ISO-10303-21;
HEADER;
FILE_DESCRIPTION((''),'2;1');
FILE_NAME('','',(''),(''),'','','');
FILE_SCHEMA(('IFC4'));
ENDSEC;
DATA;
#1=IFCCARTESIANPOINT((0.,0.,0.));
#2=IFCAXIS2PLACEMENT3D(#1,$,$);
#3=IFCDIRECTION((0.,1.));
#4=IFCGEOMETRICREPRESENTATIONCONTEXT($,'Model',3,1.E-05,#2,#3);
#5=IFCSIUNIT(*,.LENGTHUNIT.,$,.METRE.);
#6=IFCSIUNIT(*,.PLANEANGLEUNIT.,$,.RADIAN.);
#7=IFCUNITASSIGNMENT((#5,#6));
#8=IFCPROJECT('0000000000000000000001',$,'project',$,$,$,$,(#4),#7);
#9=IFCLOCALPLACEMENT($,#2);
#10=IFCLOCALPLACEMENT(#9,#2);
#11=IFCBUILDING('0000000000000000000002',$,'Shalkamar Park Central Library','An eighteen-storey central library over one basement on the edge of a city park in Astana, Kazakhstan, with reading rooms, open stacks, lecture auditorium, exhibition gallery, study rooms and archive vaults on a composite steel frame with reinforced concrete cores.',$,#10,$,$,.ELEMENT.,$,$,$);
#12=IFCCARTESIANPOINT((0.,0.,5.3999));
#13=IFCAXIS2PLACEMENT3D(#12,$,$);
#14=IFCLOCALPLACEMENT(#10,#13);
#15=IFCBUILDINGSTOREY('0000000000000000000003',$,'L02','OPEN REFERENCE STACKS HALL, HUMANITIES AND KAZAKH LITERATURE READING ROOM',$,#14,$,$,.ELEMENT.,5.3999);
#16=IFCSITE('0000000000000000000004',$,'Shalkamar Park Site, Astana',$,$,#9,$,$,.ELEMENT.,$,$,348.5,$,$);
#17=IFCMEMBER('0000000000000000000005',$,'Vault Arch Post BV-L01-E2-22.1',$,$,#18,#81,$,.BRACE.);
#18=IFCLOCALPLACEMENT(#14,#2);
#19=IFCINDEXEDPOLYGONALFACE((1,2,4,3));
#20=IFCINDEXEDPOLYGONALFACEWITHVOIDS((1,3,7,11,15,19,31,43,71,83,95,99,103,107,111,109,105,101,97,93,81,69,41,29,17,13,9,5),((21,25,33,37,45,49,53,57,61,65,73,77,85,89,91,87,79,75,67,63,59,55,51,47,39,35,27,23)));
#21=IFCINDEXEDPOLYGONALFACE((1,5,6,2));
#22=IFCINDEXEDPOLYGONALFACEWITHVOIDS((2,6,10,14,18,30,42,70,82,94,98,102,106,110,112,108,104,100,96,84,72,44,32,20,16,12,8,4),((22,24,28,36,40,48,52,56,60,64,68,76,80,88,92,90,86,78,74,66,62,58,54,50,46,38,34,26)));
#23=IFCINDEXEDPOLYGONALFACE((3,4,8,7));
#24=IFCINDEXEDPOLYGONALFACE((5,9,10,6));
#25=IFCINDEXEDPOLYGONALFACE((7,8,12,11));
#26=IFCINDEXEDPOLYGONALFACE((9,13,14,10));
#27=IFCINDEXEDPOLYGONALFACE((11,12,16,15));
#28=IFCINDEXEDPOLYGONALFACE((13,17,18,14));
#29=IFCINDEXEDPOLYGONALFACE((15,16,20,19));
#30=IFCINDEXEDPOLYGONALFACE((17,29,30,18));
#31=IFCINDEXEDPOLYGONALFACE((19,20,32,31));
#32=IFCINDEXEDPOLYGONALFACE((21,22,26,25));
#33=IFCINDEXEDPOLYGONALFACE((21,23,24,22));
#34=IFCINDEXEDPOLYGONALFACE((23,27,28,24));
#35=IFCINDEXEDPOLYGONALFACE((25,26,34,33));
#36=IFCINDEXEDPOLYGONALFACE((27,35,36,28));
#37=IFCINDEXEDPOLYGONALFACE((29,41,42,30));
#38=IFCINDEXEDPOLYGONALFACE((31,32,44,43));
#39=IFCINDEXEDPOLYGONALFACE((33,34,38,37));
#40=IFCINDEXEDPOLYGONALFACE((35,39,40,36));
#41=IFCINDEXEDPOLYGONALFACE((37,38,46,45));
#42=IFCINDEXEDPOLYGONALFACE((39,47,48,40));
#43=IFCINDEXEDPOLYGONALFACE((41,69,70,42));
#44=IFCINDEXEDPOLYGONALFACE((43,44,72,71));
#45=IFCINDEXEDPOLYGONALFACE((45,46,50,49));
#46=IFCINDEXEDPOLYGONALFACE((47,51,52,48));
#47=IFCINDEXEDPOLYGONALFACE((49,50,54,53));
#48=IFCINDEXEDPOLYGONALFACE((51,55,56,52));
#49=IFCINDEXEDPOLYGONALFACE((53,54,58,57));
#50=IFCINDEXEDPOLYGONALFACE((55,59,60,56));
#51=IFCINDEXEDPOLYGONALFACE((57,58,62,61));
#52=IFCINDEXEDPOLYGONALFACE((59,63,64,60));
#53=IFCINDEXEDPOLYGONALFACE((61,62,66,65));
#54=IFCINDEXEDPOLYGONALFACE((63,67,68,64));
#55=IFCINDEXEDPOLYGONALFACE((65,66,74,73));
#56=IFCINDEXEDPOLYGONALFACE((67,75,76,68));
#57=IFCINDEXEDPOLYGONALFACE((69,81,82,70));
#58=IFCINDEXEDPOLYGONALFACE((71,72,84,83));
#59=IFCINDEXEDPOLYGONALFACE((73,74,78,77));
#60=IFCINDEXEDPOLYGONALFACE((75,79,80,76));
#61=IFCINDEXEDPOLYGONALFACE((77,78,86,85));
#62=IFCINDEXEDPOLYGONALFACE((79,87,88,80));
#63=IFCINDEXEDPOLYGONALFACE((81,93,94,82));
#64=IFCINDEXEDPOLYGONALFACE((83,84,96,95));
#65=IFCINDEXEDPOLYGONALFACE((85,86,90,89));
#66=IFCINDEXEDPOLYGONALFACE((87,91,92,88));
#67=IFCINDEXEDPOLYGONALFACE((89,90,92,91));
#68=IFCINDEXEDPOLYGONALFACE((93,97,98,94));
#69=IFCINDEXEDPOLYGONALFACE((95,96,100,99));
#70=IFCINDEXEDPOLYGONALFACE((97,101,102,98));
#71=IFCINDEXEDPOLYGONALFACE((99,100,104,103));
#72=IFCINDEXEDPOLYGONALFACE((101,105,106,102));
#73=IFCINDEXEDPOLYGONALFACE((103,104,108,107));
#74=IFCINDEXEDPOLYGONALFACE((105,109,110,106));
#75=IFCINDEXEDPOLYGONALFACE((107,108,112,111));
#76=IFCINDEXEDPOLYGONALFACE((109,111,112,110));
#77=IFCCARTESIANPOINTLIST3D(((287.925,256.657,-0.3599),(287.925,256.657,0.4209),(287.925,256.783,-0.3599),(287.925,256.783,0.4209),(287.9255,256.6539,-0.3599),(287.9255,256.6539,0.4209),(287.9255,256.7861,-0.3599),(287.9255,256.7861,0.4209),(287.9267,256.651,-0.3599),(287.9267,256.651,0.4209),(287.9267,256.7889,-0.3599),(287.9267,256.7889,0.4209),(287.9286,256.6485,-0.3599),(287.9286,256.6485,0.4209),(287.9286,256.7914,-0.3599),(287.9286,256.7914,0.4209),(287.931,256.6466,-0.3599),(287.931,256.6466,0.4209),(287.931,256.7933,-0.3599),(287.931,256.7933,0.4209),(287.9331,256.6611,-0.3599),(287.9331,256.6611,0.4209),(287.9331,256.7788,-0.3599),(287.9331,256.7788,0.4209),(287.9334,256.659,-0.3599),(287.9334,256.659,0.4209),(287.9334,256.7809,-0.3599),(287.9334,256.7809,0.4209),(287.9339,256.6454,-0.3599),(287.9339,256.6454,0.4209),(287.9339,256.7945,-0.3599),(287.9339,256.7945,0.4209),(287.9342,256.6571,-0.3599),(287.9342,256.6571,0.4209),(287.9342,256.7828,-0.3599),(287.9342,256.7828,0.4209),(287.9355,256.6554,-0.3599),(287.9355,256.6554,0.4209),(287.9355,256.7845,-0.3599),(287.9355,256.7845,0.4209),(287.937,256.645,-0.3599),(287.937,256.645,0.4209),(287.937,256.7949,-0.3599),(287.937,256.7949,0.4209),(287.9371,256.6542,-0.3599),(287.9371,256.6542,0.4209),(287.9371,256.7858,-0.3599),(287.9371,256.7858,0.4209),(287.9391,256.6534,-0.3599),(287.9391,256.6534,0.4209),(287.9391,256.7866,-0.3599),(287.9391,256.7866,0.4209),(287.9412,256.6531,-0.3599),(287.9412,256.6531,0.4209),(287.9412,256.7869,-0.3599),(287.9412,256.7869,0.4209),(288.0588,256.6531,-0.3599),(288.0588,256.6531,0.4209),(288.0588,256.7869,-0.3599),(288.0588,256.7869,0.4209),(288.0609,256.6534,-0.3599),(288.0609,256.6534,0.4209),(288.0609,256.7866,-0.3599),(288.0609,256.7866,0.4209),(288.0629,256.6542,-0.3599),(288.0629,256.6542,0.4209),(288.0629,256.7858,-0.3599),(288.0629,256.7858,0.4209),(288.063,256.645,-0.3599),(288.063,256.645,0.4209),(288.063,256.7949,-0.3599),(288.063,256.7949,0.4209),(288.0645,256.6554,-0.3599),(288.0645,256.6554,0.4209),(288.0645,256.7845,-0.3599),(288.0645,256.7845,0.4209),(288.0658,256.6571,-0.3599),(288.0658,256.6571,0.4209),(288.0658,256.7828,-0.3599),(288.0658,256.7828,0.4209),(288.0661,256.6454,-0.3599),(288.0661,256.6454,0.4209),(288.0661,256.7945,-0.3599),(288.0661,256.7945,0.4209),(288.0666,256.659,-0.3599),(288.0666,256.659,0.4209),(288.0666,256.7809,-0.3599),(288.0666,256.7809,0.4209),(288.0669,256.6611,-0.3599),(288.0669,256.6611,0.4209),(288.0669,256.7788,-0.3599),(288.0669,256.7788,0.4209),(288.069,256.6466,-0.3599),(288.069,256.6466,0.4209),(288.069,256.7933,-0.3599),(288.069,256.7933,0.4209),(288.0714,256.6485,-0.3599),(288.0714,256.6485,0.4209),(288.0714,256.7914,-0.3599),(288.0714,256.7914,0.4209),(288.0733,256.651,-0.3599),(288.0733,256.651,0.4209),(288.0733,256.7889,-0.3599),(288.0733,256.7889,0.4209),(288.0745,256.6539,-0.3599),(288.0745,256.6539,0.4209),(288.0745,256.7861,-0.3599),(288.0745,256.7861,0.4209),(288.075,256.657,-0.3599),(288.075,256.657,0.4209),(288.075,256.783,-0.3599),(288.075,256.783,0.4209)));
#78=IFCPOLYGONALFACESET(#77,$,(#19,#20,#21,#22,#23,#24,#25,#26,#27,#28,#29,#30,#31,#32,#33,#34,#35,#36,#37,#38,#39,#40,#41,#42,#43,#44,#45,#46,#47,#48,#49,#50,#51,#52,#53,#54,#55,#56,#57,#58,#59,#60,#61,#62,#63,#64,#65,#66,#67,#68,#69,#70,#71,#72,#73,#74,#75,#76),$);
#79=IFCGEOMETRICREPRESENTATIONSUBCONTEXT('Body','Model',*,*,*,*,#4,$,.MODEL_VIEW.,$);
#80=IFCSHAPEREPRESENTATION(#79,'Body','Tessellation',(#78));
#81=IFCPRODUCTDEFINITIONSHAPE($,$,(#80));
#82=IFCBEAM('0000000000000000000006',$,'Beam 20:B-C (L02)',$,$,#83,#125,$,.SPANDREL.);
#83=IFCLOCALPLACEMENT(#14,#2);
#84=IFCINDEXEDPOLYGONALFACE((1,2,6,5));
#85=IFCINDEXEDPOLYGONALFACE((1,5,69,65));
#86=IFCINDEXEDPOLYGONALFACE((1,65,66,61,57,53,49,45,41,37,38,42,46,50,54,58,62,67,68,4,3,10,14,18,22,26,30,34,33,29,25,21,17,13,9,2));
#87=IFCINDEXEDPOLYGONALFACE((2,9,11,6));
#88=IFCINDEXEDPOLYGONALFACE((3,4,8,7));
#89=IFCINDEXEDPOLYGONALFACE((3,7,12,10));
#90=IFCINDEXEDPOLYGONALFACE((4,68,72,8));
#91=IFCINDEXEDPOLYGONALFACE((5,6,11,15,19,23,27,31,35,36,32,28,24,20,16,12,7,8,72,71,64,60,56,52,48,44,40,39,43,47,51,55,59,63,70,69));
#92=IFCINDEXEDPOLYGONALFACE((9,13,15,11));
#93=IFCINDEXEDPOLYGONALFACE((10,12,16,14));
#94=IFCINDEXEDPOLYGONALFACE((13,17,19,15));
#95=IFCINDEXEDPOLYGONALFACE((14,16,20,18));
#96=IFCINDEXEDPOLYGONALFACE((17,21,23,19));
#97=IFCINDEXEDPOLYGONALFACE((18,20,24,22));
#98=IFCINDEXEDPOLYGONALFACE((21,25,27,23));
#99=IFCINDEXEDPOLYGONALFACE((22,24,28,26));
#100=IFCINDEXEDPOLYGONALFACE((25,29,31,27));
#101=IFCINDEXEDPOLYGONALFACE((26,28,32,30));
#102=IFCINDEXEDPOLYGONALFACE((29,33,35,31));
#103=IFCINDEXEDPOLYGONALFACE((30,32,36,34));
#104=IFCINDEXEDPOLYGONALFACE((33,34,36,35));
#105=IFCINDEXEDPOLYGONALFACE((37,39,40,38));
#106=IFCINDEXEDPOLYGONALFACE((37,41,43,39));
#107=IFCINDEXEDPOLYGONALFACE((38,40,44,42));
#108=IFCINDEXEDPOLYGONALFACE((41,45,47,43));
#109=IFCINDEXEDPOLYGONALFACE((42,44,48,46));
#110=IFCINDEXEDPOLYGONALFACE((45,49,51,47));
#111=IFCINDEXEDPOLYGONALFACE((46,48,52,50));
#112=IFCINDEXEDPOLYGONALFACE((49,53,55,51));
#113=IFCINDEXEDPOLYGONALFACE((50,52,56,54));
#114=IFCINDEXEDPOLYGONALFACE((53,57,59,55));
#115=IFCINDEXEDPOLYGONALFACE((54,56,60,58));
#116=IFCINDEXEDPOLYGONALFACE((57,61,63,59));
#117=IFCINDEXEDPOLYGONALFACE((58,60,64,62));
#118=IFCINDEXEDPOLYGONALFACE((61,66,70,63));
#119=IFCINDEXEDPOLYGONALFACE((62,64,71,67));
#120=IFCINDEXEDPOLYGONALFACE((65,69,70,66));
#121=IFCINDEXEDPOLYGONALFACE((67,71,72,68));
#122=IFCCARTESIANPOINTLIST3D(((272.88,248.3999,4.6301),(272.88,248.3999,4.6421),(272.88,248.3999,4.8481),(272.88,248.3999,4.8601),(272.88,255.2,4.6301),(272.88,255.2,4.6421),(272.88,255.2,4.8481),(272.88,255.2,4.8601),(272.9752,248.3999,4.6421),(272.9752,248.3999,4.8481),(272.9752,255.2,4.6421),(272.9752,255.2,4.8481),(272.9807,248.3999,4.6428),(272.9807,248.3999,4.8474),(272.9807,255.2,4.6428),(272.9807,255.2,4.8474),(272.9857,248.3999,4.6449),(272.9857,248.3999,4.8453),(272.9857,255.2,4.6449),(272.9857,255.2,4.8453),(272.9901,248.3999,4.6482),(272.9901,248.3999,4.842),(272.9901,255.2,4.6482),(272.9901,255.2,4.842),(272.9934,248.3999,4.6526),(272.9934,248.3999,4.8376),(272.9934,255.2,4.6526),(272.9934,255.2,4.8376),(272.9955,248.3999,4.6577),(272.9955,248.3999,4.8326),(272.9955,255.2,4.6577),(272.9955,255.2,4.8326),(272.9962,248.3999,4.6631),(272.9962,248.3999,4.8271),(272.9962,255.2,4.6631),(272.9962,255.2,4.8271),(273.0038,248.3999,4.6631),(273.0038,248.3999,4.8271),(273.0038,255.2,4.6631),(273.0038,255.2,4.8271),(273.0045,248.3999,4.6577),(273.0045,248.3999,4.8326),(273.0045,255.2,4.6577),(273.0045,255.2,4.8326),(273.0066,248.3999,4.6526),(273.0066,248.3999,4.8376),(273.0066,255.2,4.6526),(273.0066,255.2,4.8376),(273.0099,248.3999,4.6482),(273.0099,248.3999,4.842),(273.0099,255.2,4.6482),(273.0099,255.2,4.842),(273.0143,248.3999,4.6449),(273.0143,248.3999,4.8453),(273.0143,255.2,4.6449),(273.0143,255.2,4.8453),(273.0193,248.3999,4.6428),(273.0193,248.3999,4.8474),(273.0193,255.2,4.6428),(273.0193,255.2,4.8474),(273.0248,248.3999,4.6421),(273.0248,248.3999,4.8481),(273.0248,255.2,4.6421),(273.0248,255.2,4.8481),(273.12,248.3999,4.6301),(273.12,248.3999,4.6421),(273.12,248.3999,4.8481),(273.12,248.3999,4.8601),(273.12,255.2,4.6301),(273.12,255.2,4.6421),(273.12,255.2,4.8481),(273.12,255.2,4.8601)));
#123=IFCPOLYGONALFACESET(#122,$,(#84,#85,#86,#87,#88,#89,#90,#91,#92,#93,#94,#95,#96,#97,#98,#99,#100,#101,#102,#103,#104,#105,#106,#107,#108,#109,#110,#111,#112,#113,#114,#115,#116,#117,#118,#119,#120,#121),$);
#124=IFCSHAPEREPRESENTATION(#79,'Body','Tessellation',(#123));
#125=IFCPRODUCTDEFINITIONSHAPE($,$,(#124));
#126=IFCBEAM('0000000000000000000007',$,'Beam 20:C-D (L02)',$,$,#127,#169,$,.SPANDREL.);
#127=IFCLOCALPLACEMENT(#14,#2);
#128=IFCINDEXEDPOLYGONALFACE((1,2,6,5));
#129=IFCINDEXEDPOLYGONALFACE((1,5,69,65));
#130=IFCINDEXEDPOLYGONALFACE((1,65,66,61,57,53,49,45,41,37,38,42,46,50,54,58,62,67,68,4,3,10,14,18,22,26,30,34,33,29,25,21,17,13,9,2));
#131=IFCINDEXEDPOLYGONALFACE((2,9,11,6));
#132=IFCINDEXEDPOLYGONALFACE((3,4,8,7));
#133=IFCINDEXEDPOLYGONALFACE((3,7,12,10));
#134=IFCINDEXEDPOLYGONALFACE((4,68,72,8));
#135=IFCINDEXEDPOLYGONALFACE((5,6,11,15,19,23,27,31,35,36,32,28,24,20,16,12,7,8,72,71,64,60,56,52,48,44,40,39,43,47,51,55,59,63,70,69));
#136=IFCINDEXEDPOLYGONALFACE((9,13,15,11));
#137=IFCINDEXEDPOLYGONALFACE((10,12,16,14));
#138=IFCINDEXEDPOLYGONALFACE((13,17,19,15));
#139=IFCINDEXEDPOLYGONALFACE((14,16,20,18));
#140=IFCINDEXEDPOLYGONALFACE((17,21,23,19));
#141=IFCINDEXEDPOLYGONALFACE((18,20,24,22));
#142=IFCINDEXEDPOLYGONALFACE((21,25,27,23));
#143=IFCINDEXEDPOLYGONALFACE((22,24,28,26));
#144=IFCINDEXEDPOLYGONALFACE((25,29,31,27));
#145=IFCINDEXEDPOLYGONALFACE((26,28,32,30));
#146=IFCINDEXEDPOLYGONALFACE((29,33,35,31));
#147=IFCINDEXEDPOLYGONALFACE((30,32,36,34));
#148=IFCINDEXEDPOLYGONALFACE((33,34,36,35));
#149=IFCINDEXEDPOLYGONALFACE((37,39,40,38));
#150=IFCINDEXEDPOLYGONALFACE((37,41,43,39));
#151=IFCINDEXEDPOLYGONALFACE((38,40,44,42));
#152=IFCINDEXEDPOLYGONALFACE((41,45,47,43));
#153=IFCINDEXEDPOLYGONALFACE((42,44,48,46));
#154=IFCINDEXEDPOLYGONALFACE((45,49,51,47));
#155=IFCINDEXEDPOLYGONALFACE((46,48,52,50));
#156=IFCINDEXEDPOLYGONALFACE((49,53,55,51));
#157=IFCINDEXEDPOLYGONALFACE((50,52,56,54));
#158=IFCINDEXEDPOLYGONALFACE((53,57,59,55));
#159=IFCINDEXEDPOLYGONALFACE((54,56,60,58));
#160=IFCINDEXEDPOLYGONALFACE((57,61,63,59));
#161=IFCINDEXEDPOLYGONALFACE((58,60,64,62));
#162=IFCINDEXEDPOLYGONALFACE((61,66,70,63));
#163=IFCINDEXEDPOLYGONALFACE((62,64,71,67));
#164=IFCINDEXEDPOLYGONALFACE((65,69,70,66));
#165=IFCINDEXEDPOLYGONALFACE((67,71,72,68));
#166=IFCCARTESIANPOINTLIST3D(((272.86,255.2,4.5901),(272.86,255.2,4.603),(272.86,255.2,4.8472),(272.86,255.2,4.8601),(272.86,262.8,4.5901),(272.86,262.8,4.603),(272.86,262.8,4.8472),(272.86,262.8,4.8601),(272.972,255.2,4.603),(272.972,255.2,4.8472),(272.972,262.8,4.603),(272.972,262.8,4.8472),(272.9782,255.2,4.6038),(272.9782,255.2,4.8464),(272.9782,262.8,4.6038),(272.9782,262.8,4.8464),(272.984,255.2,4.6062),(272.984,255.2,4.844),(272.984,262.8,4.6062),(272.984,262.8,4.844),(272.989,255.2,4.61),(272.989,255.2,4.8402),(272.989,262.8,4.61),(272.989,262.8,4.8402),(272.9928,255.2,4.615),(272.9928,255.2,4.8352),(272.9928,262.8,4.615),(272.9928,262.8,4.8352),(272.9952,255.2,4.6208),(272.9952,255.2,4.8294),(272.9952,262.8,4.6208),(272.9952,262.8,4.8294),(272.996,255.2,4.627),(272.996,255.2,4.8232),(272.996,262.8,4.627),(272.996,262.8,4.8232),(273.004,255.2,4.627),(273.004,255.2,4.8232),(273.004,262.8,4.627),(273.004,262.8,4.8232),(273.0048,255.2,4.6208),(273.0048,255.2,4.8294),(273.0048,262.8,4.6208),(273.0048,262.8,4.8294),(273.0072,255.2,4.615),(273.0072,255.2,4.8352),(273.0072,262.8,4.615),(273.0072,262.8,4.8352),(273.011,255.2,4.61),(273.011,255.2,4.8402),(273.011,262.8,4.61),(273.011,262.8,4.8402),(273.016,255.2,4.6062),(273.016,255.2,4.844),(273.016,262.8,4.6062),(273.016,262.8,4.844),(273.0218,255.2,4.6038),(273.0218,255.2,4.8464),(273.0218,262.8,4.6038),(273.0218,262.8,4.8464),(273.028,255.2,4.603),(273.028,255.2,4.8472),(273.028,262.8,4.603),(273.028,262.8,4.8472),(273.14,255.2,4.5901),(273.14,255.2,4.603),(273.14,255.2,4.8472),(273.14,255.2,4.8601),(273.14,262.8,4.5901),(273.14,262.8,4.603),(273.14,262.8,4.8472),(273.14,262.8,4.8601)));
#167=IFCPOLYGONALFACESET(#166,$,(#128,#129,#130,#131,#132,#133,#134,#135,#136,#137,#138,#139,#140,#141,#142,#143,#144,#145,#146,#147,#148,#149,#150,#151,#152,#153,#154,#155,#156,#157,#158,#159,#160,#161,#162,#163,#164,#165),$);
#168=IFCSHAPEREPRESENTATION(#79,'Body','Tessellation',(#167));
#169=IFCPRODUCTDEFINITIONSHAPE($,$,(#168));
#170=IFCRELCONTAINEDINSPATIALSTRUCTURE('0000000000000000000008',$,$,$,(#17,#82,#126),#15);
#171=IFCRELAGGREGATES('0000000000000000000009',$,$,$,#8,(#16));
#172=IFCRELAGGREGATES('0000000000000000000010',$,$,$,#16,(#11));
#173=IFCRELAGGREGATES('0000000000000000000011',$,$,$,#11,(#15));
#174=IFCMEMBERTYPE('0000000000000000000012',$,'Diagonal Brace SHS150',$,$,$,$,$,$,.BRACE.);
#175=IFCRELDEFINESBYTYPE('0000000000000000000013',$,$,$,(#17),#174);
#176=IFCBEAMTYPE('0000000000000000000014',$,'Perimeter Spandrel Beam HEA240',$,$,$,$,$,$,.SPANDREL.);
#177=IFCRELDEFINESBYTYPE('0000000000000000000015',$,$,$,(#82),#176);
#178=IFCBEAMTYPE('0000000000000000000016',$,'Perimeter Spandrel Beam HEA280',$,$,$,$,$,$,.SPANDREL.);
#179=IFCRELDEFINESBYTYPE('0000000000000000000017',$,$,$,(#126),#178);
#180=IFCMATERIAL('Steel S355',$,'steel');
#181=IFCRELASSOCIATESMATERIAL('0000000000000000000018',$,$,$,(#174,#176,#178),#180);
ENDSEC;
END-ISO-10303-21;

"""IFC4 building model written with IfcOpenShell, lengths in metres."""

from ifc_helpers import new_model, si_unit, direction, frame, origin, origin_2d, place, context, subcontext, project, spatial, hollow_rectangle, i_section, extrude, material, material_profile, profile_set, type_object, element, save


model = new_model("IFC4")

# Units and contexts
model_context = context("Model", 3, precision=1e-05, world=origin(), true_north=direction((0.0, 1.0)))
body_context = subcontext(model_context, "Body", "Model", "MODEL_VIEW")
ifc_project = project(units=[si_unit("LENGTHUNIT", "METRE"), si_unit("PLANEANGLEUNIT", "RADIAN")], contexts=[model_context])

# Site, building, storey
site_placement = place(None, origin())
site = spatial("IfcSite", under=ifc_project, at=site_placement, Name="Shalkamar Park Site, Astana", CompositionType="ELEMENT", RefElevation=348.5)
building_placement = place(site_placement, origin())
building = spatial("IfcBuilding", under=site, at=building_placement, Name="Shalkamar Park Central Library", Description="An eighteen-storey central library over one basement on the edge of a city park in Astana, Kazakhstan, with reading rooms, open stacks, lecture auditorium, exhibition gallery, study rooms and archive vaults on a composite steel frame with reinforced concrete cores.", CompositionType="ELEMENT")
storey_placement = place(building_placement, frame((0.0, 0.0, 5.3999)))
storey = spatial("IfcBuildingStorey", under=building, at=storey_placement, Name="L02", Description="OPEN REFERENCE STACKS HALL, HUMANITIES AND KAZAKH LITERATURE READING ROOM", CompositionType="ELEMENT", Elevation=5.3999)

# Shared definitions
ifc_material_1 = material(Name="Steel S355", Category="steel")

# Member
ifc_material_profile_1 = material_profile(ifc_material_1, hollow_rectangle(XDim=0.1499, YDim=0.1499, WallThickness=0.0081, InnerFilletRadius=0.0081, OuterFilletRadius=0.012, at=origin_2d()), Name="SHS 150x150x8")
ifc_profile_set_1 = profile_set([ifc_material_profile_1], Name="Steel S355")
member_type_1 = type_object("IfcMemberType", Name="Diagonal Brace SHS150", PredefinedType="BRACE", material=ifc_profile_set_1)
for number, where, z_axis, x_axis, name in (
    (1, (288.0, 256.72, -0.3599), (0.0, 0.0, 1.0), (1.0, 0.0, 0.0), "Vault Arch Post BV-L01-E2-22.1"),
):
    element("IfcMember", number, at=place(storey_placement, frame(where, z_axis=z_axis, x_axis=x_axis)), inside=storey, type_object=member_type_1, Name=name, PredefinedType="BRACE", context=body_context, shape_type="SweptSolid", body=[
        extrude(hollow_rectangle(XDim=0.1499, YDim=0.1499, WallThickness=0.0081, InnerFilletRadius=0.0081, OuterFilletRadius=0.012, at=origin_2d()), origin(), (0.0, 0.0, 1.0), 0.7808),
    ])

# Beams
ifc_material_profile_2 = material_profile(ifc_material_1, i_section(OverallWidth=0.24, OverallDepth=0.23, WebThickness=0.0076, FlangeThickness=0.012, FilletRadius=0.021, at=origin_2d()), Name="HEA 240")
ifc_profile_set_2 = profile_set([ifc_material_profile_2], Name="Steel S355")
beam_type_1 = type_object("IfcBeamType", Name="Perimeter Spandrel Beam HEA240", PredefinedType="SPANDREL", material=ifc_profile_set_2)
beam_1_placement = place(storey_placement, frame((273.0, 248.3999, 4.7451), z_axis=(0.0, 1.0, 0.0), x_axis=(-1.0, 0.0, 0.0)))
element("IfcBeam", 2, at=beam_1_placement, inside=storey, type_object=beam_type_1, Name="Beam 20:B-C (L02)", PredefinedType="SPANDREL", context=body_context, shape_type="SweptSolid", body=[
    extrude(i_section(OverallWidth=0.24, OverallDepth=0.23, WebThickness=0.0076, FlangeThickness=0.012, FilletRadius=0.021, at=origin_2d()), origin(), (0.0, 0.0, 1.0), 6.8),
])
ifc_material_profile_3 = material_profile(ifc_material_1, i_section(OverallWidth=0.28, OverallDepth=0.27, WebThickness=0.0081, FlangeThickness=0.0129, FilletRadius=0.0239, at=origin_2d()), Name="HEA 280")
ifc_profile_set_3 = profile_set([ifc_material_profile_3], Name="Steel S355")
beam_type_2 = type_object("IfcBeamType", Name="Perimeter Spandrel Beam HEA280", PredefinedType="SPANDREL", material=ifc_profile_set_3)
beam_2_placement = place(storey_placement, frame((273.0, 255.2, 4.7251), z_axis=(0.0, 1.0, 0.0), x_axis=(-1.0, 0.0, 0.0)))
element("IfcBeam", 3, at=beam_2_placement, inside=storey, type_object=beam_type_2, Name="Beam 20:C-D (L02)", PredefinedType="SPANDREL", context=body_context, shape_type="SweptSolid", body=[
    extrude(i_section(OverallWidth=0.28, OverallDepth=0.27, WebThickness=0.0081, FlangeThickness=0.0129, FilletRadius=0.0239, at=origin_2d()), origin(), (0.0, 0.0, 1.0), 7.6001),
])

save(model, "model.ifc")
